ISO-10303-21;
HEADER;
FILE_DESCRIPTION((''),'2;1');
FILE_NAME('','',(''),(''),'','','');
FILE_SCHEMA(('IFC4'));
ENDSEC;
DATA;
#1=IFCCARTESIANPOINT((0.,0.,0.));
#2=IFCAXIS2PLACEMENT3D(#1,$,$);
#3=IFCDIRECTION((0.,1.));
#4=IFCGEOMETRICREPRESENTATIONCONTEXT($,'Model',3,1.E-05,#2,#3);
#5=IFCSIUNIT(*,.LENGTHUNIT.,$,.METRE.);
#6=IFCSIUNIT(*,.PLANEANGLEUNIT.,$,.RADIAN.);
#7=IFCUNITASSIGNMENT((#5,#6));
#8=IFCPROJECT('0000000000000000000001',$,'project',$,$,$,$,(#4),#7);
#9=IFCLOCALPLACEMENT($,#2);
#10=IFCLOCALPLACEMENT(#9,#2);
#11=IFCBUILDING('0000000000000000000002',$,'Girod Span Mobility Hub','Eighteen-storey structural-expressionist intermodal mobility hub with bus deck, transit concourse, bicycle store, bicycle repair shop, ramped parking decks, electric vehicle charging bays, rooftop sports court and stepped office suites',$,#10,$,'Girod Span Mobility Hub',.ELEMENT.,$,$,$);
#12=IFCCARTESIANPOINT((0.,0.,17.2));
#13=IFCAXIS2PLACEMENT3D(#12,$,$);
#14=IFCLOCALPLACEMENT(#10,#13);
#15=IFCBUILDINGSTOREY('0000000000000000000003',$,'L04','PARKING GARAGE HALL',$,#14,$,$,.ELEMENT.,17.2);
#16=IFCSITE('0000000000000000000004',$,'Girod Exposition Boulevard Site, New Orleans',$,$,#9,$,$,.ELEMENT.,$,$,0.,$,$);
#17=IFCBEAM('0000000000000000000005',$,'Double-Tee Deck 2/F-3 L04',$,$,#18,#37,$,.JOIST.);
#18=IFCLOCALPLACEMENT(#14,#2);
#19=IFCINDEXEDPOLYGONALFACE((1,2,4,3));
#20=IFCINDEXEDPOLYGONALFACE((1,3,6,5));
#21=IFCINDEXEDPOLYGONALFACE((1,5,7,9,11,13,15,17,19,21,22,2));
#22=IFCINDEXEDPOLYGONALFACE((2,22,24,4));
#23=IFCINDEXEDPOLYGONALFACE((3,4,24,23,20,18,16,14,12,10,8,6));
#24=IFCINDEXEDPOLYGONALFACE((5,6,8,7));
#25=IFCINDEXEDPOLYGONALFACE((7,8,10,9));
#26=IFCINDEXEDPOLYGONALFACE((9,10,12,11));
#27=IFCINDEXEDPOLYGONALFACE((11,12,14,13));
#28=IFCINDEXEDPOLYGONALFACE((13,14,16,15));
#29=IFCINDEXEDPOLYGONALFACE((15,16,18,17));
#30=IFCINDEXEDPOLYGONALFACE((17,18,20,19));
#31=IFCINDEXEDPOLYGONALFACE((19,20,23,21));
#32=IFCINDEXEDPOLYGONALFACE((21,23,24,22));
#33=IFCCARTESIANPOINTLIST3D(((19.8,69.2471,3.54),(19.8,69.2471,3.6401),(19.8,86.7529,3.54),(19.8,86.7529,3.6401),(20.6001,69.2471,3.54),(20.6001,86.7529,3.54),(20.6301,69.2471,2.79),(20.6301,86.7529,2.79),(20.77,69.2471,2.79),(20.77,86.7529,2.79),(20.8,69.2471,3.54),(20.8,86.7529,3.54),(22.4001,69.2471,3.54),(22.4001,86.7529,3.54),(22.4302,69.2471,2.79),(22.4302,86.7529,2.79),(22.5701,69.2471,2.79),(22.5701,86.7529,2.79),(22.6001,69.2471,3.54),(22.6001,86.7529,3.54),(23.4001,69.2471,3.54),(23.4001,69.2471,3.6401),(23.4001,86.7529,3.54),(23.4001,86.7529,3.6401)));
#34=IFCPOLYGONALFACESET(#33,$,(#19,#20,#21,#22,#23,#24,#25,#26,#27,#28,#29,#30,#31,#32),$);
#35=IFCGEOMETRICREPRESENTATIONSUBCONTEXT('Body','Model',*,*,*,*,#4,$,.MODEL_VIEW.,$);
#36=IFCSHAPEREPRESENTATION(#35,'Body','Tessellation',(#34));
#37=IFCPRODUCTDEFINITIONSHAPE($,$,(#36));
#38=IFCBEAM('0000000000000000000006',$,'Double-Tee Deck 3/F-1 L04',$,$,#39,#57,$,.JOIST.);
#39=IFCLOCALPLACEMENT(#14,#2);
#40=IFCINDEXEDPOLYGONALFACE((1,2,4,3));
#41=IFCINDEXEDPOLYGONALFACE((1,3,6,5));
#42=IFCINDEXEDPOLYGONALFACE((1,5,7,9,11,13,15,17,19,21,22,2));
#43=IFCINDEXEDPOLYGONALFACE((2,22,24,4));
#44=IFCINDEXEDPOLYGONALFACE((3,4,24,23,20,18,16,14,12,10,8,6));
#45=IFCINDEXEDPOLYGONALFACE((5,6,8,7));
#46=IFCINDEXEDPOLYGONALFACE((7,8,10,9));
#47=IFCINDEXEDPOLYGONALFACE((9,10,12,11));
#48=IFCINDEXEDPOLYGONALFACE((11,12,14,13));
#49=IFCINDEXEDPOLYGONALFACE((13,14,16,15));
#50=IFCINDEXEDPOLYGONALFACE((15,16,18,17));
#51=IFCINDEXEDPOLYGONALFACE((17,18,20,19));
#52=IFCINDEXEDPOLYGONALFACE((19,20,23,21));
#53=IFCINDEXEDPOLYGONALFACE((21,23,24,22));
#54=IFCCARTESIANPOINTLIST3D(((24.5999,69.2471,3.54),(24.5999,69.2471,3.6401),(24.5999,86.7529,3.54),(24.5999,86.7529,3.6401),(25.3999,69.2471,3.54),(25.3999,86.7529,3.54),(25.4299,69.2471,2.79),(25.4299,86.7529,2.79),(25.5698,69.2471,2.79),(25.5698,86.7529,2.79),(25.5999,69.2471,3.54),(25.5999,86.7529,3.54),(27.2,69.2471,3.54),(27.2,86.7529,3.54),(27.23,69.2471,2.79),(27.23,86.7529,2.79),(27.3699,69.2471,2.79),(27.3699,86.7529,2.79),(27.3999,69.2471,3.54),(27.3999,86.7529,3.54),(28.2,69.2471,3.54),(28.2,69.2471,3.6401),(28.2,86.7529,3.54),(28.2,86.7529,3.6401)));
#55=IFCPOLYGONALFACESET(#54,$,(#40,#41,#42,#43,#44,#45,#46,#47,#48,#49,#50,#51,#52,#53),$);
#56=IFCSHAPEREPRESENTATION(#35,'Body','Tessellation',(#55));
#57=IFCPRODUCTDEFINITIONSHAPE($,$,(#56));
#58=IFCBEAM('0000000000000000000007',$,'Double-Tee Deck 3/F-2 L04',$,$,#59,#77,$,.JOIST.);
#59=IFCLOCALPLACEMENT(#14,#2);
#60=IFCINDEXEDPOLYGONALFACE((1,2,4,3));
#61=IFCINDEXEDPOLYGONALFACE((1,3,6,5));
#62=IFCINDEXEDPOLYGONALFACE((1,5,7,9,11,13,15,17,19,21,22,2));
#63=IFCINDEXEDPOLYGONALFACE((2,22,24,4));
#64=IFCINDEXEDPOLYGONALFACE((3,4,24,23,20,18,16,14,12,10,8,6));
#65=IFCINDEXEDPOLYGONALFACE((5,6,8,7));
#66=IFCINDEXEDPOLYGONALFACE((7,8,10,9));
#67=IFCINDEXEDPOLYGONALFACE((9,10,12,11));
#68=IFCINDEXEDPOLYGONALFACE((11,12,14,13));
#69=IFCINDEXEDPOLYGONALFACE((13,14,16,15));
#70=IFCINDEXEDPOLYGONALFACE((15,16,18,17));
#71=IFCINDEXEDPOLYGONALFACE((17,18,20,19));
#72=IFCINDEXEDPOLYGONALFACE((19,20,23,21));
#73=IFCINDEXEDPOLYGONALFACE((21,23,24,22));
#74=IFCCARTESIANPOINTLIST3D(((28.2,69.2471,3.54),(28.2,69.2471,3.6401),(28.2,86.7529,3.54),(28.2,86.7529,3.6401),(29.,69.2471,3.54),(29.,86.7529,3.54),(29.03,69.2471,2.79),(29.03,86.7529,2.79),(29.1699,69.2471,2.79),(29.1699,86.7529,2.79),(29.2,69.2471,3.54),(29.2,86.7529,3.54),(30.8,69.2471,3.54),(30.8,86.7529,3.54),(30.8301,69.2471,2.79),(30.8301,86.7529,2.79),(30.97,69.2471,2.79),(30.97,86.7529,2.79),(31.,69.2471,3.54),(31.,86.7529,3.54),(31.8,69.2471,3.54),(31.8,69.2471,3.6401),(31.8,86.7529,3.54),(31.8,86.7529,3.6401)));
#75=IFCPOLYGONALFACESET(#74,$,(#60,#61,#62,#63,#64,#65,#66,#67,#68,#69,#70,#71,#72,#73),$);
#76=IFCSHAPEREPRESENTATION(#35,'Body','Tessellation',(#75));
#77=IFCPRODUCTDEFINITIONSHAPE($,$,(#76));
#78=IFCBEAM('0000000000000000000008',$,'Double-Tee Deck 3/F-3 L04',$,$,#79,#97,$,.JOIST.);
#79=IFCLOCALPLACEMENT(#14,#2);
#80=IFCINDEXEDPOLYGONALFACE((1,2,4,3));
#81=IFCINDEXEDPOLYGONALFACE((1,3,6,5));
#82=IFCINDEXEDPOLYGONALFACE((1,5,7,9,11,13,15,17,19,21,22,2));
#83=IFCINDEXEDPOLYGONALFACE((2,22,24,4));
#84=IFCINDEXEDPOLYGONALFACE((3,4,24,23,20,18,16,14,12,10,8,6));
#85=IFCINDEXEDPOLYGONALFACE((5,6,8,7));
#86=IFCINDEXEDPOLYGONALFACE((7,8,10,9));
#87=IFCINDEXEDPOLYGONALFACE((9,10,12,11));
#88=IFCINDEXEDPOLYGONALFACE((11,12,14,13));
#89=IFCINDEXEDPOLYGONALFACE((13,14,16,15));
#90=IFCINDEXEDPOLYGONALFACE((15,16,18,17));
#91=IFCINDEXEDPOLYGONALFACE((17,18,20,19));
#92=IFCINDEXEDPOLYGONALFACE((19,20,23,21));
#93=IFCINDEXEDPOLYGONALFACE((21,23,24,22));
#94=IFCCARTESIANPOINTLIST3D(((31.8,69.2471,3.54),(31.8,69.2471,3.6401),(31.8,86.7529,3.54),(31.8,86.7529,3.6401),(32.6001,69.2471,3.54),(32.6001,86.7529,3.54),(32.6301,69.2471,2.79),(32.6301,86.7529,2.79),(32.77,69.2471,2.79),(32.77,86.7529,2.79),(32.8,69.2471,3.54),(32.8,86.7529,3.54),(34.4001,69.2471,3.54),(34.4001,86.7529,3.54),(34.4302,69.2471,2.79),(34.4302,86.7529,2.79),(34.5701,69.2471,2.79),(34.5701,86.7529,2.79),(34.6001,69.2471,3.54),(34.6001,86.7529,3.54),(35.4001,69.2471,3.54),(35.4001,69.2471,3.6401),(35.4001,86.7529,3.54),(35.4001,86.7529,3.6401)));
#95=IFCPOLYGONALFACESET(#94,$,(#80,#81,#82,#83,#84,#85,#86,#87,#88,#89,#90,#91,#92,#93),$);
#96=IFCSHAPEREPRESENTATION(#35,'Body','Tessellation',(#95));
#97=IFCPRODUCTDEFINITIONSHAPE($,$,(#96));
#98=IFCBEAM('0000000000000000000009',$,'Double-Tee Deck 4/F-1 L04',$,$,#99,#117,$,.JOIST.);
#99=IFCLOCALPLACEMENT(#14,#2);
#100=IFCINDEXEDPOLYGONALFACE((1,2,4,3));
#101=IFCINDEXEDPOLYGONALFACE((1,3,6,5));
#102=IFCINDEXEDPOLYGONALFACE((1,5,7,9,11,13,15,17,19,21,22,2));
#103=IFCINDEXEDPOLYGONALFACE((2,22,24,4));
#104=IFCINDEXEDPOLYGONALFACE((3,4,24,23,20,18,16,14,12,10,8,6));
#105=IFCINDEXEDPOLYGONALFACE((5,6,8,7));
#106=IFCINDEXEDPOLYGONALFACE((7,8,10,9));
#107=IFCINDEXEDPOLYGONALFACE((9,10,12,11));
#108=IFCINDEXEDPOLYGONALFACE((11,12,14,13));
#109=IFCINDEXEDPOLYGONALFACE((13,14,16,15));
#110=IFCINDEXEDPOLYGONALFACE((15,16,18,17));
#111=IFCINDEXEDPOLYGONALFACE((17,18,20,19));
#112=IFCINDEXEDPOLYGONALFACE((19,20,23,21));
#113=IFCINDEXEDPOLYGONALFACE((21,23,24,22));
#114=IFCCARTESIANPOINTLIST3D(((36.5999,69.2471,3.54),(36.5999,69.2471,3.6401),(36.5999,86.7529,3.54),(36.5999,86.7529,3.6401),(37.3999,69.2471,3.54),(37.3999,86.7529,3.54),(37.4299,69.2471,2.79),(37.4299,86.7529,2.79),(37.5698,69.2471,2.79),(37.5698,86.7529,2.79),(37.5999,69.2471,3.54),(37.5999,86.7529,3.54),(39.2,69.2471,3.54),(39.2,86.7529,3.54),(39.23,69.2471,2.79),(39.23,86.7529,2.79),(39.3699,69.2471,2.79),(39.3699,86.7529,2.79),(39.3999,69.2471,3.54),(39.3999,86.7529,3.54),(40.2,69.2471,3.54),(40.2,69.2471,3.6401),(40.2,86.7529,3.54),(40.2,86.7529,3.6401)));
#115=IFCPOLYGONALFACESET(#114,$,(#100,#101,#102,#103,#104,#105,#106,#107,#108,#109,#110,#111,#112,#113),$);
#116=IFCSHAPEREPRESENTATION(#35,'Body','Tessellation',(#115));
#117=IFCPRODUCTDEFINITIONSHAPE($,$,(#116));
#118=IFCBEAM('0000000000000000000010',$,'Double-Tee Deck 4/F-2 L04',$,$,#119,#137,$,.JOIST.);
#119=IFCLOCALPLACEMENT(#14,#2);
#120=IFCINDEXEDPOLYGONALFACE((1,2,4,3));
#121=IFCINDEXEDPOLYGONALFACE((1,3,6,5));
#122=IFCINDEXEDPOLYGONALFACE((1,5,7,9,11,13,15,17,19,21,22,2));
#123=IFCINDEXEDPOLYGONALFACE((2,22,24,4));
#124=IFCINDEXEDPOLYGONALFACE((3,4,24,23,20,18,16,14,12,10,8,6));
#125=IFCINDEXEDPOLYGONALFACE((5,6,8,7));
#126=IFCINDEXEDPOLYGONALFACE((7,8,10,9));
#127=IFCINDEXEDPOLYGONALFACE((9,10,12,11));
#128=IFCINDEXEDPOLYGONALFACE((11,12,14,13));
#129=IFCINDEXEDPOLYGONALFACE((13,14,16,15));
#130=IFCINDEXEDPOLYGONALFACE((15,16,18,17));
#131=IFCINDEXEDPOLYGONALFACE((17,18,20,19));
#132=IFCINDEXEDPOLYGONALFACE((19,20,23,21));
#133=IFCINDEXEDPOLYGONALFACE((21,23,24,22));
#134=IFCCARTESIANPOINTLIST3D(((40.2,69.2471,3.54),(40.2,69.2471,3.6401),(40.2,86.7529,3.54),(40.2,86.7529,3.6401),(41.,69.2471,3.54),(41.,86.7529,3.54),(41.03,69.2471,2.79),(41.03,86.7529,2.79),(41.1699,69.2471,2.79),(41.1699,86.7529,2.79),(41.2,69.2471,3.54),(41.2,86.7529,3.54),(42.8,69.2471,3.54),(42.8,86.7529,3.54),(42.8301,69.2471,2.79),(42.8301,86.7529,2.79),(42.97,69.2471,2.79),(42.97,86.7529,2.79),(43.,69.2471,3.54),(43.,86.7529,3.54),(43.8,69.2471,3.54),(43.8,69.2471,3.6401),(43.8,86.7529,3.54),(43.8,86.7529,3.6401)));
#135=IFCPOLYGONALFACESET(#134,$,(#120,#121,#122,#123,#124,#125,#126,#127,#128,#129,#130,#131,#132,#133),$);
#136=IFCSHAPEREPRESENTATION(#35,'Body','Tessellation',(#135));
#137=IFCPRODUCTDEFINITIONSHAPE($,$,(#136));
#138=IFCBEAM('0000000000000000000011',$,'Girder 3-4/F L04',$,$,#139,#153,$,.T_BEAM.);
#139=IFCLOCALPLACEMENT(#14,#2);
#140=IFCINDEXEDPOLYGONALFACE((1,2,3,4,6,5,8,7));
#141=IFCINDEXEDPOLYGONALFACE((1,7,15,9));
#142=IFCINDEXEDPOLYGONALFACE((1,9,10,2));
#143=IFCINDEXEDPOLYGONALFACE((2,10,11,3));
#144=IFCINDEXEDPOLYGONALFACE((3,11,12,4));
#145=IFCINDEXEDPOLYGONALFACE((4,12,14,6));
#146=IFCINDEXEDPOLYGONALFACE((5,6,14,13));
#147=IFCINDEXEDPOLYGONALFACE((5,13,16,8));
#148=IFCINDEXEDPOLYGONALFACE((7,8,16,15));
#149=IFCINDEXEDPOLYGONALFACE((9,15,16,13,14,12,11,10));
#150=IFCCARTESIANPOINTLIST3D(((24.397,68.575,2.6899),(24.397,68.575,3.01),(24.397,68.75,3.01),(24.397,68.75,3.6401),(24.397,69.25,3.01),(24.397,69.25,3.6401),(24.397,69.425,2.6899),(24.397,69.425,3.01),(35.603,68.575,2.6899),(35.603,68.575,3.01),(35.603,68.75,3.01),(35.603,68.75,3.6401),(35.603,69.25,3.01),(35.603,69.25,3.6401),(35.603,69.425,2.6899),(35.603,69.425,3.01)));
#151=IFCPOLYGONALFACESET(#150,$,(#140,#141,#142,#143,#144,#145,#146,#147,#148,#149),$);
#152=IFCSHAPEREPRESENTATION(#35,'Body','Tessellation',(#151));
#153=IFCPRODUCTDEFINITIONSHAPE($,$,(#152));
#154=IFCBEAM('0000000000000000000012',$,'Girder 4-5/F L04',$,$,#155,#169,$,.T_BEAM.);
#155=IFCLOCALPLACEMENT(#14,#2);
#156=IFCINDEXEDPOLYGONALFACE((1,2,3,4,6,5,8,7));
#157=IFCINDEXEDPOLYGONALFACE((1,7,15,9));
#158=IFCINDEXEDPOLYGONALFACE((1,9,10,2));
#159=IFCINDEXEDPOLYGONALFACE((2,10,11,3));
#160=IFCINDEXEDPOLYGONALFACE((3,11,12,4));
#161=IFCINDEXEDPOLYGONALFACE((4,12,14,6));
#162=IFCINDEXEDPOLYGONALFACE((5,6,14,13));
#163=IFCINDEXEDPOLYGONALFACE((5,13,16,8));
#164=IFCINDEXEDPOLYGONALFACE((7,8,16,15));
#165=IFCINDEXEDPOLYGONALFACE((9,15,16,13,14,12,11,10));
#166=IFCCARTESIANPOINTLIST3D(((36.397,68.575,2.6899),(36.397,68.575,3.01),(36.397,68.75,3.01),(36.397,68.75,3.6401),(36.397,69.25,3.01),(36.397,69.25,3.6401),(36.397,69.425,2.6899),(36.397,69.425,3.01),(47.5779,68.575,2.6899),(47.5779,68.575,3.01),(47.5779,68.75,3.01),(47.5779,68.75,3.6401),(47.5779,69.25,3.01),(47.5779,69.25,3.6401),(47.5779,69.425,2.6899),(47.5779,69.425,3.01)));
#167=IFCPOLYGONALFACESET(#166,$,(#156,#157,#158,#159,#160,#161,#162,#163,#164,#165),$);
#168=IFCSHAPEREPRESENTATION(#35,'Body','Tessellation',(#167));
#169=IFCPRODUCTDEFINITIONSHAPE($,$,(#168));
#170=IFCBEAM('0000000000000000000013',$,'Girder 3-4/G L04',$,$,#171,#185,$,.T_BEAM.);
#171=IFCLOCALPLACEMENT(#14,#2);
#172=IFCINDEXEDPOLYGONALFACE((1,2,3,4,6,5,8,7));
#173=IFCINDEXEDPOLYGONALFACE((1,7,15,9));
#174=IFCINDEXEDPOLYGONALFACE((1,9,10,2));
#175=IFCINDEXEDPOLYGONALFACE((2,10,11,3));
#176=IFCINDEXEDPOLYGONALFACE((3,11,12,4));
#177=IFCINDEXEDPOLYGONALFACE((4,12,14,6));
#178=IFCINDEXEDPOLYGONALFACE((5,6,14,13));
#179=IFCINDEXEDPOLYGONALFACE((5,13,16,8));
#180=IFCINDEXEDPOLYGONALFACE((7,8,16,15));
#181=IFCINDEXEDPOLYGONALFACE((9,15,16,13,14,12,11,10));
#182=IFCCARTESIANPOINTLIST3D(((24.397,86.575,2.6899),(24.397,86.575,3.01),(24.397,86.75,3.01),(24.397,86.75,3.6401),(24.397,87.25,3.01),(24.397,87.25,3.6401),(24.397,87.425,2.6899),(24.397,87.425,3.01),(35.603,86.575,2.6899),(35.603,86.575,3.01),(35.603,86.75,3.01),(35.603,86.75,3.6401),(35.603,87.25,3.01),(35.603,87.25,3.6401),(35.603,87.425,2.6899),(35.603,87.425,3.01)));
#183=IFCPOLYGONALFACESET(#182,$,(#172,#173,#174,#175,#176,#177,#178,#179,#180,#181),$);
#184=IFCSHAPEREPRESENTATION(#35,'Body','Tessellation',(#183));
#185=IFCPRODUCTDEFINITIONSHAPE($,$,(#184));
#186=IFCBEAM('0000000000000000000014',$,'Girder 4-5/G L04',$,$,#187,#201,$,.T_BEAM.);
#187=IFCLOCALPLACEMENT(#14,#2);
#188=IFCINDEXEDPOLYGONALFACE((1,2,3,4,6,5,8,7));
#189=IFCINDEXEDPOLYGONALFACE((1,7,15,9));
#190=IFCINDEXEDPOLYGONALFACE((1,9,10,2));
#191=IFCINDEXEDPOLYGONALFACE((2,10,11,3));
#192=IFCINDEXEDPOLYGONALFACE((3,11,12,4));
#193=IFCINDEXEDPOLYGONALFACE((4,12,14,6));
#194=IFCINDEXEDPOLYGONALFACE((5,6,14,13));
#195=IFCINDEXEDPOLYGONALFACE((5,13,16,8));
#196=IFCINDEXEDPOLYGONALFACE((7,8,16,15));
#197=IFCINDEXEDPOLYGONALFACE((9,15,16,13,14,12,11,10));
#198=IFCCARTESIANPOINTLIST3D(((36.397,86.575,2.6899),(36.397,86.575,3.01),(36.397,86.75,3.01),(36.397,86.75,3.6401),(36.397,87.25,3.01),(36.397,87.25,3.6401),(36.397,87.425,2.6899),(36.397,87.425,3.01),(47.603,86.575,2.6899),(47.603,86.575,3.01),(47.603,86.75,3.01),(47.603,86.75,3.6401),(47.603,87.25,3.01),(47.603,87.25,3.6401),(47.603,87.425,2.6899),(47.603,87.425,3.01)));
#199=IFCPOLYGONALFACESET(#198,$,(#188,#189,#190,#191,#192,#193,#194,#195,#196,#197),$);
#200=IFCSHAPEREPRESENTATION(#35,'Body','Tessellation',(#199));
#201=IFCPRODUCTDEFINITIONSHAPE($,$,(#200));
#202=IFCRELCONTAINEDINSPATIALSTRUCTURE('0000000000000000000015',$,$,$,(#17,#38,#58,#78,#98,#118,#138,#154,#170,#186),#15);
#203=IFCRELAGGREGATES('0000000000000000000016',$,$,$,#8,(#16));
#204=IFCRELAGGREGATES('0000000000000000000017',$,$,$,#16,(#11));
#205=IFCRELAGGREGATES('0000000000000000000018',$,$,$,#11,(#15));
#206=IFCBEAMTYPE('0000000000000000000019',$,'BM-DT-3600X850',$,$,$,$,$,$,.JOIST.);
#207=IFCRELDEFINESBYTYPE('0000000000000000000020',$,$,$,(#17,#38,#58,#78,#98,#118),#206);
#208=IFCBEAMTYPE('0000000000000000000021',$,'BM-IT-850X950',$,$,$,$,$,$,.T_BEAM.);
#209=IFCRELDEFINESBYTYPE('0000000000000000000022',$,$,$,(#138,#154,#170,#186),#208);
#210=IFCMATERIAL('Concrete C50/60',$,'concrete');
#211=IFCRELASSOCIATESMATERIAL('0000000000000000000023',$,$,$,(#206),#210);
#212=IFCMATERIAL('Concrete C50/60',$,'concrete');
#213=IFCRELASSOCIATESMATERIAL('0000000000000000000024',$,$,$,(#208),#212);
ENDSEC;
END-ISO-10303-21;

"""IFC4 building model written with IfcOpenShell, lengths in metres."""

from ifc_helpers import new_model, si_unit, direction, frame, origin, place, context, subcontext, project, spatial, polyline, outline, extrude, material, material_profile, profile_set, type_object, element, save


model = new_model("IFC4")

# Units and contexts
model_context = context("Model", 3, precision=1e-05, world=origin(), true_north=direction((0.0, 1.0)))
body_context = subcontext(model_context, "Body", "Model", "MODEL_VIEW")
ifc_project = project(units=[si_unit("LENGTHUNIT", "METRE"), si_unit("PLANEANGLEUNIT", "RADIAN")], contexts=[model_context])

# Site, building, storey
site_placement = place(None, origin())
site = spatial("IfcSite", under=ifc_project, at=site_placement, Name="Girod Exposition Boulevard Site, New Orleans", CompositionType="ELEMENT", RefElevation=0.0)
building_placement = place(site_placement, origin())
building = spatial("IfcBuilding", under=site, at=building_placement, Name="Girod Span Mobility Hub", Description="Eighteen-storey structural-expressionist intermodal mobility hub with bus deck, transit concourse, bicycle store, bicycle repair shop, ramped parking decks, electric vehicle charging bays, rooftop sports court and stepped office suites", LongName="Girod Span Mobility Hub", CompositionType="ELEMENT")
storey_placement = place(building_placement, frame((0.0, 0.0, 17.2)))
storey = spatial("IfcBuildingStorey", under=building, at=storey_placement, Name="L04", Description="PARKING GARAGE HALL", CompositionType="ELEMENT", Elevation=17.2)

# Beams
ifc_material_1 = material(Name="Concrete C50/60", Category="concrete")
ifc_material_profile_1 = material_profile(ifc_material_1, outline(polyline([(-1.8, 0.425), (-1.8, 0.325), (-1.0, 0.325), (-0.97, -0.425), (-0.8301, -0.425), (-0.8, 0.325), (0.8, 0.325), (0.8301, -0.425), (0.97, -0.425), (1.0, 0.325), (1.8, 0.325), (1.8, 0.425), (-1.8, 0.425)])), Name="DT-3600X850")
ifc_profile_set_1 = profile_set([ifc_material_profile_1], Name="Concrete C50/60")
beam_type_1 = type_object("IfcBeamType", Name="BM-DT-3600X850", PredefinedType="JOIST", material=ifc_profile_set_1)
for number, where, z_axis, x_axis, name in (
    (1, (21.6001, 69.2471, 3.2151), (0.0, 1.0, 0.0), (-1.0, 0.0, 0.0), "Double-Tee Deck 2/F-3 L04"),
    (2, (26.3999, 69.2471, 3.2151), (0.0, 1.0, 0.0), (-1.0, 0.0, 0.0), "Double-Tee Deck 3/F-1 L04"),
    (3, (30.0, 69.2471, 3.2151), (0.0, 1.0, 0.0), (-1.0, 0.0, 0.0), "Double-Tee Deck 3/F-2 L04"),
    (4, (33.6001, 69.2471, 3.2151), (0.0, 1.0, 0.0), (-1.0, 0.0, 0.0), "Double-Tee Deck 3/F-3 L04"),
    (5, (38.3999, 69.2471, 3.2151), (0.0, 1.0, 0.0), (-1.0, 0.0, 0.0), "Double-Tee Deck 4/F-1 L04"),
    (6, (42.0, 69.2471, 3.2151), (0.0, 1.0, 0.0), (-1.0, 0.0, 0.0), "Double-Tee Deck 4/F-2 L04"),
):
    element("IfcBeam", number, at=place(storey_placement, frame(where, z_axis=z_axis, x_axis=x_axis)), inside=storey, type_object=beam_type_1, Name=name, PredefinedType="JOIST", context=body_context, shape_type="SweptSolid", body=[
        extrude(outline(polyline([(-1.8, 0.425), (-1.8, 0.325), (-1.0, 0.325), (-0.97, -0.425), (-0.8301, -0.425), (-0.8, 0.325), (0.8, 0.325), (0.8301, -0.425), (0.97, -0.425), (1.0, 0.325), (1.8, 0.325), (1.8, 0.425), (-1.8, 0.425)])), origin(), (0.0, 0.0, 1.0), 17.5059),
    ])
ifc_material_2 = material(Name="Concrete C50/60", Category="concrete")
ifc_material_profile_2 = material_profile(ifc_material_2, outline(polyline([(-0.425, -0.4751), (0.425, -0.4751), (0.425, -0.155), (0.25, -0.155), (0.25, 0.4751), (-0.25, 0.4751), (-0.25, -0.155), (-0.425, -0.155), (-0.425, -0.4751)])), Name="IT-850X950")
ifc_profile_set_2 = profile_set([ifc_material_profile_2], Name="Concrete C50/60")
beam_type_2 = type_object("IfcBeamType", Name="BM-IT-850X950", PredefinedType="T_BEAM", material=ifc_profile_set_2)
beam_1_placement = place(storey_placement, frame((24.397, 69.0, 3.165), z_axis=(1.0, 0.0, 0.0), x_axis=(0.0, 1.0, 0.0)))
element("IfcBeam", 7, at=beam_1_placement, inside=storey, type_object=beam_type_2, Name="Girder 3-4/F L04", PredefinedType="T_BEAM", context=body_context, shape_type="SweptSolid", body=[
    extrude(outline(polyline([(-0.425, -0.4751), (0.425, -0.4751), (0.425, -0.155), (0.25, -0.155), (0.25, 0.4751), (-0.25, 0.4751), (-0.25, -0.155), (-0.425, -0.155), (-0.425, -0.4751)])), origin(), (0.0, 0.0, 1.0), 11.2061),
])
beam_2_placement = place(storey_placement, frame((36.397, 69.0, 3.165), z_axis=(1.0, 0.0, 0.0), x_axis=(0.0, 1.0, 0.0)))
element("IfcBeam", 8, at=beam_2_placement, inside=storey, type_object=beam_type_2, Name="Girder 4-5/F L04", PredefinedType="T_BEAM", context=body_context, shape_type="SweptSolid", body=[
    extrude(outline(polyline([(-0.425, -0.4751), (0.425, -0.4751), (0.425, -0.155), (0.25, -0.155), (0.25, 0.4751), (-0.25, 0.4751), (-0.25, -0.155), (-0.425, -0.155), (-0.425, -0.4751)])), origin(), (0.0, 0.0, 1.0), 11.1809),
])
for number, where, z_axis, x_axis, name in (
    (9, (24.397, 87.0, 3.165), (1.0, 0.0, 0.0), (0.0, 1.0, 0.0), "Girder 3-4/G L04"),
    (10, (36.397, 87.0, 3.165), (1.0, 0.0, 0.0), (0.0, 1.0, 0.0), "Girder 4-5/G L04"),
):
    element("IfcBeam", number, at=place(storey_placement, frame(where, z_axis=z_axis, x_axis=x_axis)), inside=storey, type_object=beam_type_2, Name=name, PredefinedType="T_BEAM", context=body_context, shape_type="SweptSolid", body=[
        extrude(outline(polyline([(-0.425, -0.4751), (0.425, -0.4751), (0.425, -0.155), (0.25, -0.155), (0.25, 0.4751), (-0.25, 0.4751), (-0.25, -0.155), (-0.425, -0.155), (-0.425, -0.4751)])), origin(), (0.0, 0.0, 1.0), 11.2061),
    ])

save(model, "model.ifc")
